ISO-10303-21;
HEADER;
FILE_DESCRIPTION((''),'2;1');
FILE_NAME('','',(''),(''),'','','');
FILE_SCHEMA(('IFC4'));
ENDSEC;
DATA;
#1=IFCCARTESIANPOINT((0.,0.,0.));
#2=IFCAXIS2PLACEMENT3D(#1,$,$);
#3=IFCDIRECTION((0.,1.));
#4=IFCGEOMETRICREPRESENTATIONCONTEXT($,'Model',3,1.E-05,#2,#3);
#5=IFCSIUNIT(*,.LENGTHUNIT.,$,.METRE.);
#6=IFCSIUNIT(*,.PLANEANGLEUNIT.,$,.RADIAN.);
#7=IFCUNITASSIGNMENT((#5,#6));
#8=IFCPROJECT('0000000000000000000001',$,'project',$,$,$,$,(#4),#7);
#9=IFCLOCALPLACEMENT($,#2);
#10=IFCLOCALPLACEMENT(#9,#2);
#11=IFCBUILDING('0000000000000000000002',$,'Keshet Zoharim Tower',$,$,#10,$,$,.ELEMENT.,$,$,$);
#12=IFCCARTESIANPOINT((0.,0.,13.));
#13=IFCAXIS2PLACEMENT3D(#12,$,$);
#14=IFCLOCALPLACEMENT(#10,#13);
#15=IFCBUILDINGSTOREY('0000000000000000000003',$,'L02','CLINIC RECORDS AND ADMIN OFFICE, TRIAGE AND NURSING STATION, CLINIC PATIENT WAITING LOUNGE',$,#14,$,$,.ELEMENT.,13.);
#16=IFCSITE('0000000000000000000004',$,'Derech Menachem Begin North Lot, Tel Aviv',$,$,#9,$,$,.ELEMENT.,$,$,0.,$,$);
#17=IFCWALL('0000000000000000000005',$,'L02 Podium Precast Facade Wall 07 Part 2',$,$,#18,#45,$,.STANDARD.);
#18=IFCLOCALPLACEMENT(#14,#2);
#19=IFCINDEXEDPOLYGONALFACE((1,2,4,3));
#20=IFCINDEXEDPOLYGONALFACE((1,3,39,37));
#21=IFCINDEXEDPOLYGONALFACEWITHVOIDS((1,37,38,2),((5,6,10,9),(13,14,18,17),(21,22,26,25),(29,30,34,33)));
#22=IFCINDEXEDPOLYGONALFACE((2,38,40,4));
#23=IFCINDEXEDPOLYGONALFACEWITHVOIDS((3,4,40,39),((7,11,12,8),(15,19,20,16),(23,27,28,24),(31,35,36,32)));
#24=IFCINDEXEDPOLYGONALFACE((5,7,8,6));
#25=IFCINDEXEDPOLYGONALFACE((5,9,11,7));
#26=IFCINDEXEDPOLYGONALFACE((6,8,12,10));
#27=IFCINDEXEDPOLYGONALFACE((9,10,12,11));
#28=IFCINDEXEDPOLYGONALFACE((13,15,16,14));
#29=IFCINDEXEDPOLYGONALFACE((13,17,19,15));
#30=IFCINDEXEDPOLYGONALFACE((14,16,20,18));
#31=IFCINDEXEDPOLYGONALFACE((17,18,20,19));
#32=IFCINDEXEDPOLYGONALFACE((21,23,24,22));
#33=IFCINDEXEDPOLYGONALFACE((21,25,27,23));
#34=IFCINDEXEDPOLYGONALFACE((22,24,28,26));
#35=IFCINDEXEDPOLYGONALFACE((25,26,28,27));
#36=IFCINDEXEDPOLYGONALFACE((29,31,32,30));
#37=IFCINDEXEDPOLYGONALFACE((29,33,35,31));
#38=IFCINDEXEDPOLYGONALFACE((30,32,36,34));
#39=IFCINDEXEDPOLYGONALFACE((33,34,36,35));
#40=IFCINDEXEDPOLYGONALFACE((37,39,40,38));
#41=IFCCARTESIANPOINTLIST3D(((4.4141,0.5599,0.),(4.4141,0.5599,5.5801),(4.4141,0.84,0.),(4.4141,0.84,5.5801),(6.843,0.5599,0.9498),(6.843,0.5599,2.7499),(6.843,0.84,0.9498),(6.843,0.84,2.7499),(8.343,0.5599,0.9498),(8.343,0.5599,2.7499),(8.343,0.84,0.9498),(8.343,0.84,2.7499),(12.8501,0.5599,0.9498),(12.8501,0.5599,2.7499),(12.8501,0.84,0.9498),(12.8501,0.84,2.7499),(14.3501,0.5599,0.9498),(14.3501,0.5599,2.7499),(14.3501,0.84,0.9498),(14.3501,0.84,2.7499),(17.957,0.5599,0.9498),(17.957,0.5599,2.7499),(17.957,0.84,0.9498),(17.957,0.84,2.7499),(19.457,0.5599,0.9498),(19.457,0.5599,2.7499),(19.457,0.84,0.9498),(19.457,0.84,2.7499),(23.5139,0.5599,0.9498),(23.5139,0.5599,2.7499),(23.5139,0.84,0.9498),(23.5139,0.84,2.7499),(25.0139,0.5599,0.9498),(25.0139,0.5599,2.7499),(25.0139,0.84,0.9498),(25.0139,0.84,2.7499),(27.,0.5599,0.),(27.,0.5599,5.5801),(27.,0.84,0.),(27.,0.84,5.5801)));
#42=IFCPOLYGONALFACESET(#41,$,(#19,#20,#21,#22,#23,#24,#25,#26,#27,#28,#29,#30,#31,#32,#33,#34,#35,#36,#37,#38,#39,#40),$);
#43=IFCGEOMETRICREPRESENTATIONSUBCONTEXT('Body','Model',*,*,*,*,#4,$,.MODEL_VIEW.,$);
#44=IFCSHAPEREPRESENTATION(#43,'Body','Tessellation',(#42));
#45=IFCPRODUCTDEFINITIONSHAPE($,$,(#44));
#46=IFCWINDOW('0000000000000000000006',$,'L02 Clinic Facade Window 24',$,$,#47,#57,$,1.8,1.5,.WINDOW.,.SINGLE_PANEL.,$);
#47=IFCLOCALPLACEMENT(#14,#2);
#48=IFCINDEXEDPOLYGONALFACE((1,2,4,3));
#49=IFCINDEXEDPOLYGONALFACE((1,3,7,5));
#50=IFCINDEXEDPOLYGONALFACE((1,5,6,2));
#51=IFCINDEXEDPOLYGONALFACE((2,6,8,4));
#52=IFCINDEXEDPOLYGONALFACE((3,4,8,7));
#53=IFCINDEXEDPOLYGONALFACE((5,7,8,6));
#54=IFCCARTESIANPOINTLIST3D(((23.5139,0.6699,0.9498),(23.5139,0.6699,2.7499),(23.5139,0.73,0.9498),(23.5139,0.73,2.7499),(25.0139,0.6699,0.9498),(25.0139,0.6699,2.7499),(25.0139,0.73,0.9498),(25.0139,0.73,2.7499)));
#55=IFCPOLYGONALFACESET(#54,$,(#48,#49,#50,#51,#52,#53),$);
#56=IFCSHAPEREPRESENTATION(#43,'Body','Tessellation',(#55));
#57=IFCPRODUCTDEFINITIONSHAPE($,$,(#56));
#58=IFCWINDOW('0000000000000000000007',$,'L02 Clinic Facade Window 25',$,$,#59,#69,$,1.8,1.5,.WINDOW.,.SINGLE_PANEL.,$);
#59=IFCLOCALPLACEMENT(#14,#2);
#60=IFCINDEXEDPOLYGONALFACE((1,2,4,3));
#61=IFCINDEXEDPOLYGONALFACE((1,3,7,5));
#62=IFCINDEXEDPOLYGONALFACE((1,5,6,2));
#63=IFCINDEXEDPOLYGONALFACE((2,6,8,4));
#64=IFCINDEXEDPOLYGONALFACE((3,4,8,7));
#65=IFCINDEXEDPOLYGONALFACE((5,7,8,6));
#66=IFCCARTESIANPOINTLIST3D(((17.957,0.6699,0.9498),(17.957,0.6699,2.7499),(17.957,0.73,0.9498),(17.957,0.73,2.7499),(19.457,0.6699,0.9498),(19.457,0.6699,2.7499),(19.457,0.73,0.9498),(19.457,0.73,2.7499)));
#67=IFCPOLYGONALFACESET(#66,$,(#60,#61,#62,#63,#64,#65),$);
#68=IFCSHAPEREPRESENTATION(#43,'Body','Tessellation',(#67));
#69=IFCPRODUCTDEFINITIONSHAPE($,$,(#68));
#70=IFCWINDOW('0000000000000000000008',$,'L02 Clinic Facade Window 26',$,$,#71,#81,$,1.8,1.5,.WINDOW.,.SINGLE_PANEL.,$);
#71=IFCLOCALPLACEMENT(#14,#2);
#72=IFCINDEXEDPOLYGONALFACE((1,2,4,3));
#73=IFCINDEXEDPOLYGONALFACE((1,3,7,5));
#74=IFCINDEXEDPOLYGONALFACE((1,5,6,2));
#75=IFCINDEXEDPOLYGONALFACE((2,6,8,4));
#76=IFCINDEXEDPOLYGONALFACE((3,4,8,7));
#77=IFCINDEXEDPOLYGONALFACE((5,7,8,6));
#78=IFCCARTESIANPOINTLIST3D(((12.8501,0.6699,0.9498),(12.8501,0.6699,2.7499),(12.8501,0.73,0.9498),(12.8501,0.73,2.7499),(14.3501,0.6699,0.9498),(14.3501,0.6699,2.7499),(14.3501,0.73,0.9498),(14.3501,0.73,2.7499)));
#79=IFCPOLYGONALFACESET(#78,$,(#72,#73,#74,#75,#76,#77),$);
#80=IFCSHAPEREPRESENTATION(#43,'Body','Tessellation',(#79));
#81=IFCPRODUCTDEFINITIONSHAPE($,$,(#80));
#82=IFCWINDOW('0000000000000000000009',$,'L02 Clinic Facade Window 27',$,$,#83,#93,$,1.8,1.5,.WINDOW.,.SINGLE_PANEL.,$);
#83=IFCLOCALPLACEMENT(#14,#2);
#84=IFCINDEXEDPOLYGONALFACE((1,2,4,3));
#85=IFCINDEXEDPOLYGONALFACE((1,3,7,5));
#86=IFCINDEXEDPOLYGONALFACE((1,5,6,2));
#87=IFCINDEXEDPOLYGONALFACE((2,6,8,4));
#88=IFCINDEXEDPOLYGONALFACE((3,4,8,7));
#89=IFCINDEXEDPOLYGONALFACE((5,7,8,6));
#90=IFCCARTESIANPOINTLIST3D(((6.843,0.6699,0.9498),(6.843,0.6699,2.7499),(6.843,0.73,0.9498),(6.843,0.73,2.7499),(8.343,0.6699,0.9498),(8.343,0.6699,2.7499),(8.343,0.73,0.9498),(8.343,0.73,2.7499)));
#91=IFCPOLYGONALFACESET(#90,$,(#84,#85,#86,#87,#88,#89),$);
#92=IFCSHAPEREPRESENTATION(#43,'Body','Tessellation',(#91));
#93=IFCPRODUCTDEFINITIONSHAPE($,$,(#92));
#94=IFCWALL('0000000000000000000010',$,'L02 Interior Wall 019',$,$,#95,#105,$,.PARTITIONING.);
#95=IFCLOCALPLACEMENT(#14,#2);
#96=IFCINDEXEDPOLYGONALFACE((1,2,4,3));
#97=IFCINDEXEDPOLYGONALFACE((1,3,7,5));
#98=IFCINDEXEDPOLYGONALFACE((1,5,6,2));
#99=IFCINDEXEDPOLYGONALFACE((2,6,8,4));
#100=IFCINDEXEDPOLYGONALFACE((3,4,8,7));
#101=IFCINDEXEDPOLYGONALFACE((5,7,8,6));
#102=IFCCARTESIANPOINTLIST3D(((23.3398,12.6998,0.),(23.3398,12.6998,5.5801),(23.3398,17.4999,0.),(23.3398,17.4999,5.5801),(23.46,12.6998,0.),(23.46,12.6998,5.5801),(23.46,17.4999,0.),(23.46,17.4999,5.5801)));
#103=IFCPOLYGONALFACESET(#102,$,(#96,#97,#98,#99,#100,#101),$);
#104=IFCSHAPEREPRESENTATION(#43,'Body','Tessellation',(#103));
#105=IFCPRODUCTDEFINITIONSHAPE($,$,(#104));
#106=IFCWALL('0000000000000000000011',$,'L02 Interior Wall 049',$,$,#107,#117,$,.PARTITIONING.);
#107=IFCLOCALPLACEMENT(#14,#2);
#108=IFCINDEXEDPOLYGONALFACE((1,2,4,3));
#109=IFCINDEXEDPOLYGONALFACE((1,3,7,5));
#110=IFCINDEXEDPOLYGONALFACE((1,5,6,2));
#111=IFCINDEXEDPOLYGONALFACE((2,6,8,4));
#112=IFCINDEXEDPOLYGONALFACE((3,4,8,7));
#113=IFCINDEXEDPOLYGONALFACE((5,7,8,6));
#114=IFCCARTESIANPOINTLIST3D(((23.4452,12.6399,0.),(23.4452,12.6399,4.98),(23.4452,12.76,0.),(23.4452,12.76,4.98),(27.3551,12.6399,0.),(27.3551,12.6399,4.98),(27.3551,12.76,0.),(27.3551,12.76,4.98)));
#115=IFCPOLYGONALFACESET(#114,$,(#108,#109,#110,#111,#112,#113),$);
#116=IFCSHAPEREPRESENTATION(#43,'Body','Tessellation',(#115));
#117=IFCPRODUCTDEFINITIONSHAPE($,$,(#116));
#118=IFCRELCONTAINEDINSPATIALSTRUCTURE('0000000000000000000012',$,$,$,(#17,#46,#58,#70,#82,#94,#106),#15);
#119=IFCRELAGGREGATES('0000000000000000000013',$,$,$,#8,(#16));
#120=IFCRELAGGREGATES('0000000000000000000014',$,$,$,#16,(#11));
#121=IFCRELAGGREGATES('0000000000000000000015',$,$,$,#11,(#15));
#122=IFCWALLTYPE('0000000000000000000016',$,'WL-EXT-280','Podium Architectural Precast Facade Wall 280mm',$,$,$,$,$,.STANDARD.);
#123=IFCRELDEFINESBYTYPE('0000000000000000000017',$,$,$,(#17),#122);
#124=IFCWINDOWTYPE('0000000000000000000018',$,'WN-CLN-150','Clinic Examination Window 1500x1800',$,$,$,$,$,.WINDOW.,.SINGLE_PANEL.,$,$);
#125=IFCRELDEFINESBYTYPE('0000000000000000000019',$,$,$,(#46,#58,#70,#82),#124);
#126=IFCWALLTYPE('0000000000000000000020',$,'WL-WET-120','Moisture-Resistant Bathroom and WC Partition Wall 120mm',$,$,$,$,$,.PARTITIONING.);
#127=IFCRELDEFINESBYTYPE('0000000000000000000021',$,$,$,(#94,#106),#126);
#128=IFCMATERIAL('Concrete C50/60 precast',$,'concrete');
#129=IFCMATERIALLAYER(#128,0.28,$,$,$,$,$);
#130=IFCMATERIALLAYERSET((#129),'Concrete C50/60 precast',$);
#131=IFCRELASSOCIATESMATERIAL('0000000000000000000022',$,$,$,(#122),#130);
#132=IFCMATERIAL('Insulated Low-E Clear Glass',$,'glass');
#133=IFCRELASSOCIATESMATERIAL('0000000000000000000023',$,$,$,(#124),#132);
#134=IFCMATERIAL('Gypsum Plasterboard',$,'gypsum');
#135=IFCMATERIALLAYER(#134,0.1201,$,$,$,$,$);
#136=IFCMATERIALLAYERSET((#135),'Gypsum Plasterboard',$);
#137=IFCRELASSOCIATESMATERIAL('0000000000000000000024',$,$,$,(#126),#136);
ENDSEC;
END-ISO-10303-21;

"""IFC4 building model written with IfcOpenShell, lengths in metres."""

from ifc_helpers import new_model, si_unit, direction, frame, frame_2d, origin, place, context, subcontext, project, spatial, rectangle, extrude, material, layer, layer_set, type_object, element, fill, save


model = new_model("IFC4")

# Units and contexts
model_context = context("Model", 3, precision=1e-05, world=origin(), true_north=direction((0.0, 1.0)))
body_context = subcontext(model_context, "Body", "Model", "MODEL_VIEW")
ifc_project = project(units=[si_unit("LENGTHUNIT", "METRE"), si_unit("PLANEANGLEUNIT", "RADIAN")], contexts=[model_context])

# Site, building, storey
site_placement = place(None, origin())
site = spatial("IfcSite", under=ifc_project, at=site_placement, Name="Derech Menachem Begin North Lot, Tel Aviv", CompositionType="ELEMENT", RefElevation=0.0)
building_placement = place(site_placement, origin())
building = spatial("IfcBuilding", under=site, at=building_placement, Name="Keshet Zoharim Tower", CompositionType="ELEMENT")
storey_placement = place(building_placement, frame((0.0, 0.0, 13.0)))
storey = spatial("IfcBuildingStorey", under=building, at=storey_placement, Name="L02", Description="CLINIC RECORDS AND ADMIN OFFICE, TRIAGE AND NURSING STATION, CLINIC PATIENT WAITING LOUNGE", CompositionType="ELEMENT", Elevation=13.0)

# Shared definitions
ifc_material_1 = material(Name="Concrete C50/60 precast", Category="concrete")
ifc_layer_1 = layer(ifc_material_1, 0.28)
ifc_layer_set_1 = layer_set([ifc_layer_1], Name="Concrete C50/60 precast")
wall_type_1 = type_object("IfcWallType", Name="WL-EXT-280", Description="Podium Architectural Precast Facade Wall 280mm", PredefinedType="STANDARD", material=ifc_layer_set_1)
ifc_material_2 = material(Name="Insulated Low-E Clear Glass", Category="glass")
window_type = type_object("IfcWindowType", Name="WN-CLN-150", Description="Clinic Examination Window 1500x1800", PartitioningType="SINGLE_PANEL", PredefinedType="WINDOW", material=ifc_material_2)

# Wall, openings, windows
wall_1_placement = place(storey_placement, frame((27.0, 0.7, 0.0), z_axis=(0.0, 0.0, 1.0), x_axis=(-1.0, 0.0, 0.0)))
wall_1 = element("IfcWall", 1, at=wall_1_placement, inside=storey, type_object=wall_type_1, Name="L02 Podium Precast Facade Wall 07 Part 2", PredefinedType="STANDARD", context=body_context, shape_type="SweptSolid", body=[
    extrude(rectangle(XDim=22.5859, YDim=0.28, at=frame_2d((11.293, 0.0))), origin(), (0.0, 0.0, 1.0), 5.5801),
])
opening_1_placement = place(wall_1_placement, frame((1.9861, 0.0, 0.95)))
opening_1 = element("IfcOpeningElement", 2, at=opening_1_placement, cuts=wall_1, PredefinedType="OPENING", context=body_context, shape_type="SweptSolid", body=[
    extrude(rectangle(XDim=1.5, YDim=1.8, at=frame_2d((0.75, 0.8999))), frame((0.0, 0.1499, 0.0), z_axis=(0.0, -1.0, 0.0), x_axis=(1.0, 0.0, 0.0)), (0.0, 0.0, 1.0), 0.3),
])
opening_2_placement = place(wall_1_placement, frame((7.543, 0.0, 0.95)))
opening_2 = element("IfcOpeningElement", 3, at=opening_2_placement, cuts=wall_1, PredefinedType="OPENING", context=body_context, shape_type="SweptSolid", body=[
    extrude(rectangle(XDim=1.5, YDim=1.8, at=frame_2d((0.75, 0.8999))), frame((0.0, 0.1499, 0.0), z_axis=(0.0, -1.0, 0.0), x_axis=(1.0, 0.0, 0.0)), (0.0, 0.0, 1.0), 0.3),
])
opening_3_placement = place(wall_1_placement, frame((12.6499, 0.0, 0.95)))
opening_3 = element("IfcOpeningElement", 4, at=opening_3_placement, cuts=wall_1, PredefinedType="OPENING", context=body_context, shape_type="SweptSolid", body=[
    extrude(rectangle(XDim=1.5, YDim=1.8, at=frame_2d((0.75, 0.8999))), frame((0.0, 0.1499, 0.0), z_axis=(0.0, -1.0, 0.0), x_axis=(1.0, 0.0, 0.0)), (0.0, 0.0, 1.0), 0.3),
])
opening_4_placement = place(wall_1_placement, frame((18.657, 0.0, 0.95)))
opening_4 = element("IfcOpeningElement", 5, at=opening_4_placement, cuts=wall_1, PredefinedType="OPENING", context=body_context, shape_type="SweptSolid", body=[
    extrude(rectangle(XDim=1.5, YDim=1.8, at=frame_2d((0.75, 0.8999))), frame((0.0, 0.1499, 0.0), z_axis=(0.0, -1.0, 0.0), x_axis=(1.0, 0.0, 0.0)), (0.0, 0.0, 1.0), 0.3),
])
window_1_placement = place(opening_1_placement, origin())
window_1 = element("IfcWindow", 6, at=window_1_placement, inside=storey, type_object=window_type, Name="L02 Clinic Facade Window 24", OverallHeight=1.8, OverallWidth=1.5, PartitioningType="SINGLE_PANEL", PredefinedType="WINDOW", context=body_context, shape_type="SweptSolid", body=[
    extrude(rectangle(XDim=1.5, YDim=1.8, at=frame_2d((0.75, 0.8999))), frame((0.0, 0.03, 0.0), z_axis=(0.0, -1.0, 0.0), x_axis=(1.0, 0.0, 0.0)), (0.0, 0.0, 1.0), 0.0601),
])
fill(opening_1, window_1)
window_2_placement = place(opening_2_placement, origin())
window_2 = element("IfcWindow", 7, at=window_2_placement, inside=storey, type_object=window_type, Name="L02 Clinic Facade Window 25", OverallHeight=1.8, OverallWidth=1.5, PartitioningType="SINGLE_PANEL", PredefinedType="WINDOW", context=body_context, shape_type="SweptSolid", body=[
    extrude(rectangle(XDim=1.5, YDim=1.8, at=frame_2d((0.75, 0.8999))), frame((0.0, 0.03, 0.0), z_axis=(0.0, -1.0, 0.0), x_axis=(1.0, 0.0, 0.0)), (0.0, 0.0, 1.0), 0.0601),
])
fill(opening_2, window_2)
window_3_placement = place(opening_3_placement, origin())
window_3 = element("IfcWindow", 8, at=window_3_placement, inside=storey, type_object=window_type, Name="L02 Clinic Facade Window 26", OverallHeight=1.8, OverallWidth=1.5, PartitioningType="SINGLE_PANEL", PredefinedType="WINDOW", context=body_context, shape_type="SweptSolid", body=[
    extrude(rectangle(XDim=1.5, YDim=1.8, at=frame_2d((0.75, 0.8999))), frame((0.0, 0.03, 0.0), z_axis=(0.0, -1.0, 0.0), x_axis=(1.0, 0.0, 0.0)), (0.0, 0.0, 1.0), 0.0601),
])
fill(opening_3, window_3)
window_4_placement = place(opening_4_placement, origin())
window_4 = element("IfcWindow", 9, at=window_4_placement, inside=storey, type_object=window_type, Name="L02 Clinic Facade Window 27", OverallHeight=1.8, OverallWidth=1.5, PartitioningType="SINGLE_PANEL", PredefinedType="WINDOW", context=body_context, shape_type="SweptSolid", body=[
    extrude(rectangle(XDim=1.5, YDim=1.8, at=frame_2d((0.75, 0.8999))), frame((0.0, 0.03, 0.0), z_axis=(0.0, -1.0, 0.0), x_axis=(1.0, 0.0, 0.0)), (0.0, 0.0, 1.0), 0.0601),
])
fill(opening_4, window_4)

# Walls
ifc_material_3 = material(Name="Gypsum Plasterboard", Category="gypsum")
ifc_layer_2 = layer(ifc_material_3, 0.1201)
ifc_layer_set_2 = layer_set([ifc_layer_2], Name="Gypsum Plasterboard")
wall_type_2 = type_object("IfcWallType", Name="WL-WET-120", Description="Moisture-Resistant Bathroom and WC Partition Wall 120mm", PredefinedType="PARTITIONING", material=ifc_layer_set_2)
wall_2_placement = place(storey_placement, frame((23.3999, 12.7, 0.0), z_axis=(0.0, 0.0, 1.0), x_axis=(0.0, 1.0, 0.0)))
element("IfcWall", 10, at=wall_2_placement, inside=storey, type_object=wall_type_2, Name="L02 Interior Wall 019", PredefinedType="PARTITIONING", context=body_context, shape_type="SweptSolid", body=[
    extrude(rectangle(XDim=4.8, YDim=0.1201, at=frame_2d((2.3999, 0.0))), origin(), (0.0, 0.0, 1.0), 5.5801),
])
wall_3_placement = place(storey_placement, frame((23.4451, 12.7, 0.0), z_axis=(0.0, 0.0, 1.0), x_axis=(1.0, 0.0, 0.0)))
element("IfcWall", 11, at=wall_3_placement, inside=storey, type_object=wall_type_2, Name="L02 Interior Wall 049", PredefinedType="PARTITIONING", context=body_context, shape_type="SweptSolid", body=[
    extrude(rectangle(XDim=3.9099, YDim=0.1201, at=frame_2d((1.9551, 0.0))), origin(), (0.0, 0.0, 1.0), 4.98),
])

save(model, "model.ifc")
